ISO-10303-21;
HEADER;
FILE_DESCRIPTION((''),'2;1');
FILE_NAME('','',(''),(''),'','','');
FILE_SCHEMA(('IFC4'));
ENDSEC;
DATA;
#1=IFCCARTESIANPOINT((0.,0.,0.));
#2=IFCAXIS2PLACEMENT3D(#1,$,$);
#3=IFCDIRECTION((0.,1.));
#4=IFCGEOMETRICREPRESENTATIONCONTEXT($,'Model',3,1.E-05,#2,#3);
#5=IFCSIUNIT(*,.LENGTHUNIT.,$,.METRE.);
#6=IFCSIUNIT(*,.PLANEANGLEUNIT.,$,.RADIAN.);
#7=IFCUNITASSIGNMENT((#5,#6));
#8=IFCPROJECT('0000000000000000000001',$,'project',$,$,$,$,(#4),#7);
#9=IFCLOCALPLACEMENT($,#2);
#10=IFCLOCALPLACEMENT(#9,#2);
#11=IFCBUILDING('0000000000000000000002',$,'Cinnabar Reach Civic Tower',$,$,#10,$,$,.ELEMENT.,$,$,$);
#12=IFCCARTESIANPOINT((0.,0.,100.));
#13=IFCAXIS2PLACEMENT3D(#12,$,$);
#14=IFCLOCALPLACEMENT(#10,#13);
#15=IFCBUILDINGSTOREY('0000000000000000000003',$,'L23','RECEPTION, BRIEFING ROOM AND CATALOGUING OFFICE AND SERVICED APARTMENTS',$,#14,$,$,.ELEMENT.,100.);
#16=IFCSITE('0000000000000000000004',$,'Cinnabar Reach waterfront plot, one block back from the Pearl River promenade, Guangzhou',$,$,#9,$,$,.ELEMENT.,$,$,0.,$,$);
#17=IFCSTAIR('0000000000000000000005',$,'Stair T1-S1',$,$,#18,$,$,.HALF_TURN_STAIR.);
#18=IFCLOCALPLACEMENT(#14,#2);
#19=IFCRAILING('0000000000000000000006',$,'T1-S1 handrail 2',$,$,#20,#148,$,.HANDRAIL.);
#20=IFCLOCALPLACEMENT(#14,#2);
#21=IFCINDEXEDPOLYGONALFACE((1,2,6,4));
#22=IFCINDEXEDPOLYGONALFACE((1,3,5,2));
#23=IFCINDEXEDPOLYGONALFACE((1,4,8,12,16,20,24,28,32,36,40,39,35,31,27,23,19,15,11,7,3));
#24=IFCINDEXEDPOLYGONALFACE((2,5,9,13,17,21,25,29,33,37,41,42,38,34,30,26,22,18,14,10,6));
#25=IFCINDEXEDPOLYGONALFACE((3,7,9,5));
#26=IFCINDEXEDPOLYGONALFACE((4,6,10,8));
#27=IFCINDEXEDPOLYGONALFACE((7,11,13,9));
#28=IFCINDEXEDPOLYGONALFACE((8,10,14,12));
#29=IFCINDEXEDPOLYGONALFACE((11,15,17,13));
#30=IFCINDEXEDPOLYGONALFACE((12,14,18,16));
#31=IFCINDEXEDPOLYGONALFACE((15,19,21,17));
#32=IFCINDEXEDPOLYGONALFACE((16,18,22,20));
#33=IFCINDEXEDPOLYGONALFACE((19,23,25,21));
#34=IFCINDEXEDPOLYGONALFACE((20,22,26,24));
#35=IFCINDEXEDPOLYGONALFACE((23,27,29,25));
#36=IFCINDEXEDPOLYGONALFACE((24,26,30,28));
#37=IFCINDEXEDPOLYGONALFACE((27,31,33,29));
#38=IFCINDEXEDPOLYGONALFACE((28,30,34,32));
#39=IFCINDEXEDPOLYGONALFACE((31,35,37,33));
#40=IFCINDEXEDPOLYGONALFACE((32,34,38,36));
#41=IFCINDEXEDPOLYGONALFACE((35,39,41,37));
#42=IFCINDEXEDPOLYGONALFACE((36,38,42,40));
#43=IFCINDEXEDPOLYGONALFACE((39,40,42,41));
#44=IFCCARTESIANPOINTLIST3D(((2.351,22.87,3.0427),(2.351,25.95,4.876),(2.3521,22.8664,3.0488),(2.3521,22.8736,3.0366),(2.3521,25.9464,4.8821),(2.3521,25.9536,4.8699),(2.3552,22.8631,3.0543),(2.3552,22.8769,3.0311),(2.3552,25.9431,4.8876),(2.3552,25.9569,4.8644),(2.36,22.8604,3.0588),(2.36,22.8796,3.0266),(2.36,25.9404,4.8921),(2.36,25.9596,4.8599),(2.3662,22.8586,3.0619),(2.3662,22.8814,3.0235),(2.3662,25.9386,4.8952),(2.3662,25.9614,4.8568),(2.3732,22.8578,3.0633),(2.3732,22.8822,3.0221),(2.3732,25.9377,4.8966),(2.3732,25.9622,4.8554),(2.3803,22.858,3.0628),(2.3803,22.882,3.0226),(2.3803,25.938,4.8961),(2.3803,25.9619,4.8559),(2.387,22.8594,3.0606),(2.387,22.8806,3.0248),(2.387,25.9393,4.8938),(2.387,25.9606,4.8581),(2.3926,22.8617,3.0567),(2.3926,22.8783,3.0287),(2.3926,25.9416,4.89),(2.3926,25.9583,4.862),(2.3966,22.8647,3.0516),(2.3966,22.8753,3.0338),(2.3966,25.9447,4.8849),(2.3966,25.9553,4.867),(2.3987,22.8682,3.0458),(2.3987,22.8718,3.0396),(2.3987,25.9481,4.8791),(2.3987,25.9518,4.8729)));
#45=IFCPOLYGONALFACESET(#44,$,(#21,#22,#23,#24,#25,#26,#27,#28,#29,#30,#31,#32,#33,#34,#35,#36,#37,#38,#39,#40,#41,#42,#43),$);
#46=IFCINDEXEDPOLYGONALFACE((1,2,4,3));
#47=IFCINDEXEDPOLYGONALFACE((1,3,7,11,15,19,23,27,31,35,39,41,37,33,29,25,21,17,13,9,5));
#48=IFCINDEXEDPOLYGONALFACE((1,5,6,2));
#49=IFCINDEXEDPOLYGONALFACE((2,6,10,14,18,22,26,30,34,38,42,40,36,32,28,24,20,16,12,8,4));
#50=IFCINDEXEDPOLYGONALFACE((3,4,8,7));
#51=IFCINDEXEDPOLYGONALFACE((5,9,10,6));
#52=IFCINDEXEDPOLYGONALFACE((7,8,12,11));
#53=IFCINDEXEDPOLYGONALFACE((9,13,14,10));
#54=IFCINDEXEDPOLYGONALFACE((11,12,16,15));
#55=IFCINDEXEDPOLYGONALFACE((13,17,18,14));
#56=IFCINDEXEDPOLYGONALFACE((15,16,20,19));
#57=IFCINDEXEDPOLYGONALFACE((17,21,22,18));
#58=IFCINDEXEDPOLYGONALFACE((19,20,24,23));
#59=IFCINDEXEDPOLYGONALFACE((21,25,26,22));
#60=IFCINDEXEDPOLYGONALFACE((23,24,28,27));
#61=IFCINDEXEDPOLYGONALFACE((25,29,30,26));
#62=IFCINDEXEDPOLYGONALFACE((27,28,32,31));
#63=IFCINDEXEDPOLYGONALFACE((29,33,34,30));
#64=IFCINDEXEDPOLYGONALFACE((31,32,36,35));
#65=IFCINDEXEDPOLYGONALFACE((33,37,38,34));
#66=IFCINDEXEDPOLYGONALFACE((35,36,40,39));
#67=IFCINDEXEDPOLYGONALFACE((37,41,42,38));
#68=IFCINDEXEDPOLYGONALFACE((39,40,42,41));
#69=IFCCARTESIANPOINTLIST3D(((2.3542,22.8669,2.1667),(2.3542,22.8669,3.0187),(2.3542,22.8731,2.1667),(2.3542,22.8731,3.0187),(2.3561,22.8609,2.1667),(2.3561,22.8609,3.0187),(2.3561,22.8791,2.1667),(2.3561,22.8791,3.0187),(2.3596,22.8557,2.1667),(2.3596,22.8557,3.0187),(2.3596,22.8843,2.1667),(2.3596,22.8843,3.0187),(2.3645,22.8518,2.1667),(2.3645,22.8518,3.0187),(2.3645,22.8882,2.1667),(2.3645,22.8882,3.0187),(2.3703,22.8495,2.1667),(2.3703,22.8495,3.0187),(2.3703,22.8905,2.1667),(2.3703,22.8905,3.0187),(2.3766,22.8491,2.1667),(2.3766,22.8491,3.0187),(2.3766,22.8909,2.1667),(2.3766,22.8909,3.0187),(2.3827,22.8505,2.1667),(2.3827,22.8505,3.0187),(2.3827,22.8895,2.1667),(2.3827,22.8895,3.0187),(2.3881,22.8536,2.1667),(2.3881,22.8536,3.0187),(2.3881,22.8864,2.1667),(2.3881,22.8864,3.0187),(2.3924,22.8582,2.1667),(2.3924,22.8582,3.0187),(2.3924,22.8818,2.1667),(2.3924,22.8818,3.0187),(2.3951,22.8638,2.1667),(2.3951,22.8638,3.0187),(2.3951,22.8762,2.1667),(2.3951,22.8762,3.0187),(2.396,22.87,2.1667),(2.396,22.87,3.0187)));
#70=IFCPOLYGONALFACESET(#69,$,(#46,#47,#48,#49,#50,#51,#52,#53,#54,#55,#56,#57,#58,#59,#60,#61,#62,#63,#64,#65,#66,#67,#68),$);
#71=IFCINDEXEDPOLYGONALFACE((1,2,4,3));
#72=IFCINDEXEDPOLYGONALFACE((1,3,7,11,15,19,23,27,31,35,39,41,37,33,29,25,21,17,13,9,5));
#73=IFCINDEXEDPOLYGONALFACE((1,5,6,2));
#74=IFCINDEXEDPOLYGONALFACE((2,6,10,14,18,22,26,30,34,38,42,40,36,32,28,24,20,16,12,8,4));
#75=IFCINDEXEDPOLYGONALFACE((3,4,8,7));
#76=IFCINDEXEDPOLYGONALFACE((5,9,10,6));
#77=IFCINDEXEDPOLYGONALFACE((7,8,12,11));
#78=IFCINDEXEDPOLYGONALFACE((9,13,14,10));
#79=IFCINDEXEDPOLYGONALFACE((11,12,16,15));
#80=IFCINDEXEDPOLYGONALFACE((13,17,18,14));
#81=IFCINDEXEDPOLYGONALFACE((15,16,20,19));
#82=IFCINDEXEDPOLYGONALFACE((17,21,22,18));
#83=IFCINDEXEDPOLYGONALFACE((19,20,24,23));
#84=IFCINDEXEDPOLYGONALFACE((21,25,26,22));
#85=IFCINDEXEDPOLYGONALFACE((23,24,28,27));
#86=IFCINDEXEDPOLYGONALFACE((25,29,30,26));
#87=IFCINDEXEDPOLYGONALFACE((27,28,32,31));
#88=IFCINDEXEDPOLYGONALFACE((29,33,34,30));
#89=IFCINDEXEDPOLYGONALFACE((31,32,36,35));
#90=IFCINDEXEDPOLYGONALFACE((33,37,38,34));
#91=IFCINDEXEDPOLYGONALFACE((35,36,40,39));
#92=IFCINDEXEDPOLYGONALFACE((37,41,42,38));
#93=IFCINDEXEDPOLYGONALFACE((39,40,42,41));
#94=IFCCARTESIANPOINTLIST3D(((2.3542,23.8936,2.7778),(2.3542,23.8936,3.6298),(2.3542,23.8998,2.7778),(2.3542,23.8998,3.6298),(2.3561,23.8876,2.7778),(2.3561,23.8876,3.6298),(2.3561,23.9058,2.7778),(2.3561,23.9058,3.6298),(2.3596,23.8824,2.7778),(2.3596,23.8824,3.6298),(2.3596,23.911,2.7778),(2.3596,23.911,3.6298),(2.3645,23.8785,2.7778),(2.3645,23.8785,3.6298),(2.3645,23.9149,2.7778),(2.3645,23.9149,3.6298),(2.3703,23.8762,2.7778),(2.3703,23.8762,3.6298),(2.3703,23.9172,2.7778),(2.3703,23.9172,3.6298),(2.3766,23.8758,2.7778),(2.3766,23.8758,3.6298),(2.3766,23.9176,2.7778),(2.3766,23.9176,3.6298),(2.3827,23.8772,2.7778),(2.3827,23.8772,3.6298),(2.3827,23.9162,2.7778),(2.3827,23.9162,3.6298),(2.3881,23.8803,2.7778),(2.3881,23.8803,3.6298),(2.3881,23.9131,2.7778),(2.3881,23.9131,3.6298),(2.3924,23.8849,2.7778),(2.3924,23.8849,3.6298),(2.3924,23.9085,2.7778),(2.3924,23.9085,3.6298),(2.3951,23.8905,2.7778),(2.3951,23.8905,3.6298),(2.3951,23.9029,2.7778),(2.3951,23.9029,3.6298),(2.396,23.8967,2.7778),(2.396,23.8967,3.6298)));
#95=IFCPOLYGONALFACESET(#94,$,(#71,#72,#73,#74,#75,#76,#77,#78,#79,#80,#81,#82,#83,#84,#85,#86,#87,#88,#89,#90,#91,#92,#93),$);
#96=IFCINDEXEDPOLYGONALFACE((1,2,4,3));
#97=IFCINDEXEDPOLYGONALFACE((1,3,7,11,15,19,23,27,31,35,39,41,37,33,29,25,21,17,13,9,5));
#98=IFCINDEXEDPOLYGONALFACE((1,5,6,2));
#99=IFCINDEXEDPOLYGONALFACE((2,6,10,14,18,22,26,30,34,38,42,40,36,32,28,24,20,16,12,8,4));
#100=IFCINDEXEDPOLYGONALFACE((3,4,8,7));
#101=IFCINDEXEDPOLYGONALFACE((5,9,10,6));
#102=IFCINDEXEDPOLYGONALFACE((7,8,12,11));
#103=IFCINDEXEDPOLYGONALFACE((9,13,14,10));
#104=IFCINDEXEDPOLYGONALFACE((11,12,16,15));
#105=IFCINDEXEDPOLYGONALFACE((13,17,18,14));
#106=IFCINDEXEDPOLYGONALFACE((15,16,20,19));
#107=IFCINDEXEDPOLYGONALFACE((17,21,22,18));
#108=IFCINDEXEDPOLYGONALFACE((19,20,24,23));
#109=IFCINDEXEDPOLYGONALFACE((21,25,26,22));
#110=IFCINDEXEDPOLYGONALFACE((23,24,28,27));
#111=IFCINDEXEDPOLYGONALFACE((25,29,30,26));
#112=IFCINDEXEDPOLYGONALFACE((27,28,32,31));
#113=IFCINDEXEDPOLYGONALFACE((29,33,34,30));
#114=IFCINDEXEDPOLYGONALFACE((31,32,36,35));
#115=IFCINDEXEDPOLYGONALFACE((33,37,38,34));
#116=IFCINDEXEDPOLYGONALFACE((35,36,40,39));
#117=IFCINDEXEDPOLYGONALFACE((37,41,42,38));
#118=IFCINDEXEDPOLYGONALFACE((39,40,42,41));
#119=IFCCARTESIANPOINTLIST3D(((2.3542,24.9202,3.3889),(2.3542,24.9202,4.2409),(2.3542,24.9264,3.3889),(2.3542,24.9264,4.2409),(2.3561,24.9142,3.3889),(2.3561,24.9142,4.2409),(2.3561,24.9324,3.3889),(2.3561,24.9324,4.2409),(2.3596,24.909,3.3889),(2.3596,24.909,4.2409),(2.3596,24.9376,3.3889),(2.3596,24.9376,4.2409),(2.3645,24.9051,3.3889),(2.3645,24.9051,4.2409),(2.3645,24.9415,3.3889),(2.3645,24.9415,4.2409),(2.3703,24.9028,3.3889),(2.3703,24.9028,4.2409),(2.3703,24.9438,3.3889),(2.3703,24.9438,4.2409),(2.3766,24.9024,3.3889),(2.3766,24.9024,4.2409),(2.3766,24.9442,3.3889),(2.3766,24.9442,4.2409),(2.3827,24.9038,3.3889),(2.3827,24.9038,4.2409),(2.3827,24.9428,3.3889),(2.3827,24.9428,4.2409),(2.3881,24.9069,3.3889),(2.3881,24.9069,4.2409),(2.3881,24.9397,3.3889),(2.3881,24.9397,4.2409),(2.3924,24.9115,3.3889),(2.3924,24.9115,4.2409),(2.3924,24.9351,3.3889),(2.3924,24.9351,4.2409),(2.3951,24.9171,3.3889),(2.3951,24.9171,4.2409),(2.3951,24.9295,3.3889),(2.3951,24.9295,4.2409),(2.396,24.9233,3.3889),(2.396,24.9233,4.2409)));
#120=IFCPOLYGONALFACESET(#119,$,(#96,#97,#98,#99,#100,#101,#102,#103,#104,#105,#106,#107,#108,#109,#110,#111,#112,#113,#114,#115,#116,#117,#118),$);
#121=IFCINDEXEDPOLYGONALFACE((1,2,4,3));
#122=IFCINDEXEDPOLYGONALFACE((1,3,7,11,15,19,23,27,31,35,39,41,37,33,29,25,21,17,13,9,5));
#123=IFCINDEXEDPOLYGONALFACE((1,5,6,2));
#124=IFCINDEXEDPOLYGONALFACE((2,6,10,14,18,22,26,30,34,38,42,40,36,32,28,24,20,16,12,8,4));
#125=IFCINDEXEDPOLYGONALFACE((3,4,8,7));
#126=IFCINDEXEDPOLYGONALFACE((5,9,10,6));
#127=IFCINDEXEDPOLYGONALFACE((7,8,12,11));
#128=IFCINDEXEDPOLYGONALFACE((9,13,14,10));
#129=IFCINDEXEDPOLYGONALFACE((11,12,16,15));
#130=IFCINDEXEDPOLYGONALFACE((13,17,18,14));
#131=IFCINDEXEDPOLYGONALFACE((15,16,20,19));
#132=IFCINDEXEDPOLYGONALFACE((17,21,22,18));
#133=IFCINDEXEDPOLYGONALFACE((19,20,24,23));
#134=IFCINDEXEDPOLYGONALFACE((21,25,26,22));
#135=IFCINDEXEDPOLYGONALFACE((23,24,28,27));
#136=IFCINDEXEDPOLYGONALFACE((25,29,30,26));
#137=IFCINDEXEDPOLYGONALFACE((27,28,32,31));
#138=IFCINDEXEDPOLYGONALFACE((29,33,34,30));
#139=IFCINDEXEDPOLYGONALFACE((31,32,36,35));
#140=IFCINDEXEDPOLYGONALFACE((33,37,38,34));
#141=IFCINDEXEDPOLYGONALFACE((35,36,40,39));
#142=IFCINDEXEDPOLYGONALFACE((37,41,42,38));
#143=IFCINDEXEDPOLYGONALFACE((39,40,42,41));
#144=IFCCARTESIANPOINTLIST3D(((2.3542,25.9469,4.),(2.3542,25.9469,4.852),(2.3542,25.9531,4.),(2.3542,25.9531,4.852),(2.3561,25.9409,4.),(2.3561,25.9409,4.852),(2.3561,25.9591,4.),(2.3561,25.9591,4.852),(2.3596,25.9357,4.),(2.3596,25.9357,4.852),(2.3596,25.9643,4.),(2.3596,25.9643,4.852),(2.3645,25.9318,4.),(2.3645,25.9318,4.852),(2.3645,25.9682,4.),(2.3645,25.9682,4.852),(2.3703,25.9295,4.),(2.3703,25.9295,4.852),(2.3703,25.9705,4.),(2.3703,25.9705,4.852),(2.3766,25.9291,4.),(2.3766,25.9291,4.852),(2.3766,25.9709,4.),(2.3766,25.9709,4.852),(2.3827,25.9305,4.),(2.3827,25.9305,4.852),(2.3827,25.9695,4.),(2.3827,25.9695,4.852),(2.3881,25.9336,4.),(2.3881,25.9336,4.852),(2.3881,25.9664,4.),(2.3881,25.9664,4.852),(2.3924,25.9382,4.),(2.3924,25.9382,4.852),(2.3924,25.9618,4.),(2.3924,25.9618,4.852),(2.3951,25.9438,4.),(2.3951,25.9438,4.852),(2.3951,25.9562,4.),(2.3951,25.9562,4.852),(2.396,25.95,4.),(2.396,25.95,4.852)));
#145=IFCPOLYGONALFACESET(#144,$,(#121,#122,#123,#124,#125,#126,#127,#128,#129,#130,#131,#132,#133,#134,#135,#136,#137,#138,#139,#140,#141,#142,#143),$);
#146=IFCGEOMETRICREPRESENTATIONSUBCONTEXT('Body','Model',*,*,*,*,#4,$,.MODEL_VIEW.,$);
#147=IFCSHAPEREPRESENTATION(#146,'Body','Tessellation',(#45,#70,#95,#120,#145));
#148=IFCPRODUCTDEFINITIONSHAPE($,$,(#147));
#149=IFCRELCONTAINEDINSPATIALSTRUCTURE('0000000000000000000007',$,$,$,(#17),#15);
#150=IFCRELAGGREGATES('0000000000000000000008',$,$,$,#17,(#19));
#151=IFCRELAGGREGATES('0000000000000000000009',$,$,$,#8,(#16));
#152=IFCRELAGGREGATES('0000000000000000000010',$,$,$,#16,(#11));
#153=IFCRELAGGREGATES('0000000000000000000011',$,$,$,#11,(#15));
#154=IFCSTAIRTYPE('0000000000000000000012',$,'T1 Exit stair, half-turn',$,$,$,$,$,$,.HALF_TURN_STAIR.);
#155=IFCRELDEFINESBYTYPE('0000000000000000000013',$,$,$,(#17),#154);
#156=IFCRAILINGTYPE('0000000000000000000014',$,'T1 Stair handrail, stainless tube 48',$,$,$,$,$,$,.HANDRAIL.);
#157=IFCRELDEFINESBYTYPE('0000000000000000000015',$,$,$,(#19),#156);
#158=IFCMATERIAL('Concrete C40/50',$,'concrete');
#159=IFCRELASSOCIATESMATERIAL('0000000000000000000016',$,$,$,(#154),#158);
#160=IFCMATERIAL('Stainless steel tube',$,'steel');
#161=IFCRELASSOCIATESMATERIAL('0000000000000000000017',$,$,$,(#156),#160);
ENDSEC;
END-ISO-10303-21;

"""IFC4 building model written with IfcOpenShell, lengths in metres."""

from ifc_helpers import new_model, si_unit, direction, frame, origin, origin_2d, place, context, subcontext, project, spatial, circle, extrude, material, type_object, element, aggregate, save


model = new_model("IFC4")

# Units and contexts
model_context = context("Model", 3, precision=1e-05, world=origin(), true_north=direction((0.0, 1.0)))
body_context = subcontext(model_context, "Body", "Model", "MODEL_VIEW")
ifc_project = project(units=[si_unit("LENGTHUNIT", "METRE"), si_unit("PLANEANGLEUNIT", "RADIAN")], contexts=[model_context])

# Site, building, storey
site_placement = place(None, origin())
site = spatial("IfcSite", under=ifc_project, at=site_placement, Name="Cinnabar Reach waterfront plot, one block back from the Pearl River promenade, Guangzhou", CompositionType="ELEMENT", RefElevation=0.0)
building_placement = place(site_placement, origin())
building = spatial("IfcBuilding", under=site, at=building_placement, Name="Cinnabar Reach Civic Tower", CompositionType="ELEMENT")
storey_placement = place(building_placement, frame((0.0, 0.0, 100.0)))
storey = spatial("IfcBuildingStorey", under=building, at=storey_placement, Name="L23", Description="RECEPTION, BRIEFING ROOM AND CATALOGUING OFFICE AND SERVICED APARTMENTS", CompositionType="ELEMENT", Elevation=100.0)

# Stair, railing
ifc_material_1 = material(Name="Concrete C40/50", Category="concrete")
stair_type = type_object("IfcStairType", Name="T1 Exit stair, half-turn", PredefinedType="HALF_TURN_STAIR", material=ifc_material_1)
stair_placement = place(storey_placement, origin())
stair = element("IfcStair", 1, at=stair_placement, inside=storey, type_object=stair_type, Name="Stair T1-S1", PredefinedType="HALF_TURN_STAIR")
ifc_material_2 = material(Name="Stainless steel tube", Category="steel")
railing_type = type_object("IfcRailingType", Name="T1 Stair handrail, stainless tube 48", PredefinedType="HANDRAIL", material=ifc_material_2)
railing_placement = place(storey_placement, frame((2.375, 22.87, 2.1667)))
railing = element("IfcRailing", 2, at=railing_placement, type_object=railing_type, Name="T1-S1 handrail 2", PredefinedType="HANDRAIL", context=body_context, shape_type="SweptSolid", body=[
    extrude(circle(Radius=0.024, at=origin_2d()), frame((0.0, 0.0, 0.876), z_axis=(0.0, 0.859297, 0.511477), x_axis=(-1.0, 0.0, 0.0)), (0.0, 0.0, 1.0), 3.5843),
    extrude(circle(Radius=0.021, at=origin_2d()), origin(), (0.0, 0.0, 1.0), 0.852),
    extrude(circle(Radius=0.021, at=origin_2d()), frame((0.0, 1.0267, 0.6111)), (0.0, 0.0, 1.0), 0.852),
    extrude(circle(Radius=0.021, at=origin_2d()), frame((0.0, 2.0533, 1.2222)), (0.0, 0.0, 1.0), 0.852),
    extrude(circle(Radius=0.021, at=origin_2d()), frame((0.0, 3.08, 1.8333)), (0.0, 0.0, 1.0), 0.852),
])
aggregate(stair, [railing])

save(model, "model.ifc")
